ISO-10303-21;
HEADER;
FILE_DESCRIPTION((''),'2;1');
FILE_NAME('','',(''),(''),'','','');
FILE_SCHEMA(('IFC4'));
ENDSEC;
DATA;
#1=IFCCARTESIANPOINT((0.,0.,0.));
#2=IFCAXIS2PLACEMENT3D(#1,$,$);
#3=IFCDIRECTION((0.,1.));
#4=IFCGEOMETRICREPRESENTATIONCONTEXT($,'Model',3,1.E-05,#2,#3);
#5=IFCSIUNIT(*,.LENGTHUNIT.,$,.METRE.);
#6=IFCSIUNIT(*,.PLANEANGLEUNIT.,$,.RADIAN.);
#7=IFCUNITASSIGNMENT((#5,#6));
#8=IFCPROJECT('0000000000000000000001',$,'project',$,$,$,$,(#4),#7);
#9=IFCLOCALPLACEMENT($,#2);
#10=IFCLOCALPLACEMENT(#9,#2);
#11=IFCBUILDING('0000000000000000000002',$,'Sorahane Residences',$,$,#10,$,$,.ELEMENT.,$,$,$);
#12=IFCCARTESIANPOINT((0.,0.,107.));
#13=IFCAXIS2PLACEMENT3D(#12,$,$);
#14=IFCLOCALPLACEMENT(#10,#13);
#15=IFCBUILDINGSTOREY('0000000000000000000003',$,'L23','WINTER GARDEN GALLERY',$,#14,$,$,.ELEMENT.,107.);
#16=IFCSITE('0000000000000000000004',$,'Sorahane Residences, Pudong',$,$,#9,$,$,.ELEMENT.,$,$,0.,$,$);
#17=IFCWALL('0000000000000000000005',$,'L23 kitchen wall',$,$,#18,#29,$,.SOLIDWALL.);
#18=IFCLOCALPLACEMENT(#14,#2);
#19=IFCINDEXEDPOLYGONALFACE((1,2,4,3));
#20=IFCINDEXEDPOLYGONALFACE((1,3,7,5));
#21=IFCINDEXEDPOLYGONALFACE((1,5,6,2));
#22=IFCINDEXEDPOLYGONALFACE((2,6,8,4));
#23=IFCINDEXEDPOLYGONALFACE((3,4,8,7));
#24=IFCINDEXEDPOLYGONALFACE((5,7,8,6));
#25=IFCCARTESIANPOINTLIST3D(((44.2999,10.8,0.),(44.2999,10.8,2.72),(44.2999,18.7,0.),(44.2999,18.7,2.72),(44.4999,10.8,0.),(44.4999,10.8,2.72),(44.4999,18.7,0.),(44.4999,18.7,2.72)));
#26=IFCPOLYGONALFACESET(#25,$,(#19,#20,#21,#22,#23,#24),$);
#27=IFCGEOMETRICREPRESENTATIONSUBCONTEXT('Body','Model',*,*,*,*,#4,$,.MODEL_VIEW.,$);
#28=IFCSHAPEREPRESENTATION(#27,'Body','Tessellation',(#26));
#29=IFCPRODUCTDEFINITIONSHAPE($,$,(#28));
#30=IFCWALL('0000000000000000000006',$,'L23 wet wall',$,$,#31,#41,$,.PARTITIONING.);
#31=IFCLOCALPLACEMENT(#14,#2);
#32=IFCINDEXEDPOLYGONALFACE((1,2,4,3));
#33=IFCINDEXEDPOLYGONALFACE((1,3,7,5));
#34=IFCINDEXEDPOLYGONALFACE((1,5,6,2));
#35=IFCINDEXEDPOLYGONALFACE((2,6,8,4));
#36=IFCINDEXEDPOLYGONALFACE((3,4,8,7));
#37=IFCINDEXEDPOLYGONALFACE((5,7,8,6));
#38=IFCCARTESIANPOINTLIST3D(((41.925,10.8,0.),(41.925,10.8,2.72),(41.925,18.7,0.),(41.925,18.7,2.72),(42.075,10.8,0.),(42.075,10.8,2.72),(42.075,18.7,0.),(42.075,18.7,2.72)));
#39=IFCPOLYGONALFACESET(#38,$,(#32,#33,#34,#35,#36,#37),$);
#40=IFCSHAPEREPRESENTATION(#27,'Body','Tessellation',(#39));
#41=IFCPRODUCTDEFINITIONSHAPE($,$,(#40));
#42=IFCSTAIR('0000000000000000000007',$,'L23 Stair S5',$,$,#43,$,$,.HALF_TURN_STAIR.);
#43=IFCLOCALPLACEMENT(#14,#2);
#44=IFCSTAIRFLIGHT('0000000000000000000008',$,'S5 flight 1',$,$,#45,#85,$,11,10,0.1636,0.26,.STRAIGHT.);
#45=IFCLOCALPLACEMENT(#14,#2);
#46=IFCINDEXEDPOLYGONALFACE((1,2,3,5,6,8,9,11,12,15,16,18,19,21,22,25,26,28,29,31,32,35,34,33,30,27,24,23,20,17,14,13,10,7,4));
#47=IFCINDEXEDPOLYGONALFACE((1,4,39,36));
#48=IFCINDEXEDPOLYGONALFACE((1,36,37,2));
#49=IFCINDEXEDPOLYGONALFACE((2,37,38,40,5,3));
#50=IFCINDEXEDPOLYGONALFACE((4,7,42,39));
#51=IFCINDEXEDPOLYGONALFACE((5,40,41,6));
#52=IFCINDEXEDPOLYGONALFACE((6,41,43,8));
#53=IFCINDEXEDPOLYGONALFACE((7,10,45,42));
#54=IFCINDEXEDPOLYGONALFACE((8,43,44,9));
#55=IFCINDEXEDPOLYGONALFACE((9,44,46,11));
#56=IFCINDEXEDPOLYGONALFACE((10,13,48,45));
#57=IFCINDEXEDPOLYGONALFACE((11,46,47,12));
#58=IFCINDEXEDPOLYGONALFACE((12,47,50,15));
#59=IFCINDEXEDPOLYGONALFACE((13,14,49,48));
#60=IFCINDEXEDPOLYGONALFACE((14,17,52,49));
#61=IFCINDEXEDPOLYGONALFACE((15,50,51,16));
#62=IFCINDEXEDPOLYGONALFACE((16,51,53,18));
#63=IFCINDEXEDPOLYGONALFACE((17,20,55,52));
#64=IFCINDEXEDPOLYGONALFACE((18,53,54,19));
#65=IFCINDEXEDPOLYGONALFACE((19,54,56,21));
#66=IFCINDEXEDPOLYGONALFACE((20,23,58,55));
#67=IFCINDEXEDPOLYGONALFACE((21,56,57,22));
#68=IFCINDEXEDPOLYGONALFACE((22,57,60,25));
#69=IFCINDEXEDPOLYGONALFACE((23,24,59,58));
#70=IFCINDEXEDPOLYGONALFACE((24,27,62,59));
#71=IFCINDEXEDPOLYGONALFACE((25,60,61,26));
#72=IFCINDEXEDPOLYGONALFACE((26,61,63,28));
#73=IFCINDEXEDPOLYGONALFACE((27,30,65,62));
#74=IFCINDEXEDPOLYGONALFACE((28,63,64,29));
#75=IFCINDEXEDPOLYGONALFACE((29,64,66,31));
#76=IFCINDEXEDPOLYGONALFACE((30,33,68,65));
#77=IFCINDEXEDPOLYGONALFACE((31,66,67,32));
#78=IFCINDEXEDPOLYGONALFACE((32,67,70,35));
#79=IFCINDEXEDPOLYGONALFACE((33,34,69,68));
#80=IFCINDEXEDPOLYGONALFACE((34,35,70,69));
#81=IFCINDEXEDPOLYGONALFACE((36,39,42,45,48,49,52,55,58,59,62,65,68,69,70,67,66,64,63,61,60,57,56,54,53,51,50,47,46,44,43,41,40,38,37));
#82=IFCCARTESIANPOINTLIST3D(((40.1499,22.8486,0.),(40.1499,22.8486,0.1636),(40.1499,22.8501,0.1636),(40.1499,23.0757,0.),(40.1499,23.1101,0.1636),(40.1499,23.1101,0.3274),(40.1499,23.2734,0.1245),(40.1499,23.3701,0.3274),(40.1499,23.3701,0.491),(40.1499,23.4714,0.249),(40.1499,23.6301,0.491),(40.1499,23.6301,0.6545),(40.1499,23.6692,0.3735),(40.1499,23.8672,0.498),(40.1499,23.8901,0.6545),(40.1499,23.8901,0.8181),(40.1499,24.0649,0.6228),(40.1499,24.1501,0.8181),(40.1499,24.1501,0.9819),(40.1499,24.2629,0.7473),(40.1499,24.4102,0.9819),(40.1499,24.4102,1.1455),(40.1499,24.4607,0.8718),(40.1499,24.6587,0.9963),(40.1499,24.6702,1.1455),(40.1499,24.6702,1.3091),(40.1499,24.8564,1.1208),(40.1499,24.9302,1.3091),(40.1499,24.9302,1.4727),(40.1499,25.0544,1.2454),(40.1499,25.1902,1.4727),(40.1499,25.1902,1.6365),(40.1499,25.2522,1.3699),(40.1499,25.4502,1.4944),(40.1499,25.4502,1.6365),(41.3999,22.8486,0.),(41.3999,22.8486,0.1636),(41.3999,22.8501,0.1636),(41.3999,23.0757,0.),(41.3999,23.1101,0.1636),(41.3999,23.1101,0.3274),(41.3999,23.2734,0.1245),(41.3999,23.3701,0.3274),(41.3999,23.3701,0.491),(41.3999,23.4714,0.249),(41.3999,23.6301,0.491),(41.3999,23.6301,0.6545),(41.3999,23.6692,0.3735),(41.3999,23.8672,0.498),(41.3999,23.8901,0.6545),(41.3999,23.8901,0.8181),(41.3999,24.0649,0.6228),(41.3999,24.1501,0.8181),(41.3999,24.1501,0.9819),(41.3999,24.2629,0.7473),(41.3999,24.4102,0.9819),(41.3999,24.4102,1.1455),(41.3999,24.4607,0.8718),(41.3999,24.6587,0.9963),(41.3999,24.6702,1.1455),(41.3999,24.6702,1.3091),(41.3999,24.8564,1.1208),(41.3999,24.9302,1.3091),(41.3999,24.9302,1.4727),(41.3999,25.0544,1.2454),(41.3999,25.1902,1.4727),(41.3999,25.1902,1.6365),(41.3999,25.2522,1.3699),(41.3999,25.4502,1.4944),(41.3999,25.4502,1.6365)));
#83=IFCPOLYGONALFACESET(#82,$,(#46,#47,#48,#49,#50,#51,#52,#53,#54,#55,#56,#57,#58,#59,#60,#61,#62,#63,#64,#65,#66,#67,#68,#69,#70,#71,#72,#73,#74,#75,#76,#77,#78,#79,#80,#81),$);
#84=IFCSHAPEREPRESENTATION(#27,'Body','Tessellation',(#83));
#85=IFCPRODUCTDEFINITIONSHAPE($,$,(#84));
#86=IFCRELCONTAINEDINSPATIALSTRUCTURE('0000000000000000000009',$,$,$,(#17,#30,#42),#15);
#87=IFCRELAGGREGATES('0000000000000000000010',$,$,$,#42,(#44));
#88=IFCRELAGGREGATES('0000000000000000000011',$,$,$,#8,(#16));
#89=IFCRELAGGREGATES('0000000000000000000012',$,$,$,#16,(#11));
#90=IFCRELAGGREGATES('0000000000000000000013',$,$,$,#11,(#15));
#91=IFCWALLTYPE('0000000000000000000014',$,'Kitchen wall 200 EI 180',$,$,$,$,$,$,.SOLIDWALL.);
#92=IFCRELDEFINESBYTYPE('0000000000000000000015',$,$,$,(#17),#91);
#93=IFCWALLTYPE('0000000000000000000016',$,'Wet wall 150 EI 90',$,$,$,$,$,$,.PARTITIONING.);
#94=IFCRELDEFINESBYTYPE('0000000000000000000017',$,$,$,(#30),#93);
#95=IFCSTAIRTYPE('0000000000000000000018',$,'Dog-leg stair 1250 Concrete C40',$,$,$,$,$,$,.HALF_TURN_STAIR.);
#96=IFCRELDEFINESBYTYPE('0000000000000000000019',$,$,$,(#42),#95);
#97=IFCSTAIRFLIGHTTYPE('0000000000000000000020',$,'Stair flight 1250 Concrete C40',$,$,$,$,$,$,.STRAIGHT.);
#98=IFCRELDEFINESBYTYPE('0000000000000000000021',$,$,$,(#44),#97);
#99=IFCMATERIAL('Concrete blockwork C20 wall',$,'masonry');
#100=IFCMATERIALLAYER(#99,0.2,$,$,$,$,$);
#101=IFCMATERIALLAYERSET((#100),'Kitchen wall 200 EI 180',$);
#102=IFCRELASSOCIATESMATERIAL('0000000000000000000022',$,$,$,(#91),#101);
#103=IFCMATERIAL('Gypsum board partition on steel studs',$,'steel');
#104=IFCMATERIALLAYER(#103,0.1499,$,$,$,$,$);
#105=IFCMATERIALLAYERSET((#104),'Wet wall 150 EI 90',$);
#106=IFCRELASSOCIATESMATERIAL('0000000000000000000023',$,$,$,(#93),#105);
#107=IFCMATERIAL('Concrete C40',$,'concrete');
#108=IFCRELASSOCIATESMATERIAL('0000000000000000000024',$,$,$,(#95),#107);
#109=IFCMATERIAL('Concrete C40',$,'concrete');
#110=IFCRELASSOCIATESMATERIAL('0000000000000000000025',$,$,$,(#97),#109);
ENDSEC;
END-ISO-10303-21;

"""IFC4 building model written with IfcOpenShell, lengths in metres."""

from ifc_helpers import new_model, si_unit, direction, frame, frame_2d, origin, place, context, subcontext, project, spatial, polyline, rectangle, outline, extrude, material, layer, layer_set, type_object, element, aggregate, save


model = new_model("IFC4")

# Units and contexts
model_context = context("Model", 3, precision=1e-05, world=origin(), true_north=direction((0.0, 1.0)))
body_context = subcontext(model_context, "Body", "Model", "MODEL_VIEW")
ifc_project = project(units=[si_unit("LENGTHUNIT", "METRE"), si_unit("PLANEANGLEUNIT", "RADIAN")], contexts=[model_context])

# Site, building, storey
site_placement = place(None, origin())
site = spatial("IfcSite", under=ifc_project, at=site_placement, Name="Sorahane Residences, Pudong", CompositionType="ELEMENT", RefElevation=0.0)
building_placement = place(site_placement, origin())
building = spatial("IfcBuilding", under=site, at=building_placement, Name="Sorahane Residences", CompositionType="ELEMENT")
storey_placement = place(building_placement, frame((0.0, 0.0, 107.0)))
storey = spatial("IfcBuildingStorey", under=building, at=storey_placement, Name="L23", Description="WINTER GARDEN GALLERY", CompositionType="ELEMENT", Elevation=107.0)

# Walls
ifc_material_1 = material(Name="Concrete blockwork C20 wall", Category="masonry")
ifc_layer_1 = layer(ifc_material_1, 0.2)
ifc_layer_set_1 = layer_set([ifc_layer_1], Name="Kitchen wall 200 EI 180")
wall_type_1 = type_object("IfcWallType", Name="Kitchen wall 200 EI 180", PredefinedType="SOLIDWALL", material=ifc_layer_set_1)
wall_1_placement = place(storey_placement, frame((44.3999, 10.8, 0.0), z_axis=(0.0, 0.0, 1.0), x_axis=(0.0, 1.0, 0.0)))
element("IfcWall", 1, at=wall_1_placement, inside=storey, type_object=wall_type_1, Name="L23 kitchen wall", PredefinedType="SOLIDWALL", context=body_context, shape_type="SweptSolid", body=[
    extrude(rectangle(XDim=7.8999, YDim=0.2, at=frame_2d((3.95, 0.0))), origin(), (0.0, 0.0, 1.0), 2.72),
])
ifc_material_2 = material(Name="Gypsum board partition on steel studs", Category="steel")
ifc_layer_2 = layer(ifc_material_2, 0.1499)
ifc_layer_set_2 = layer_set([ifc_layer_2], Name="Wet wall 150 EI 90")
wall_type_2 = type_object("IfcWallType", Name="Wet wall 150 EI 90", PredefinedType="PARTITIONING", material=ifc_layer_set_2)
wall_2_placement = place(storey_placement, frame((42.0, 10.8, 0.0), z_axis=(0.0, 0.0, 1.0), x_axis=(0.0, 1.0, 0.0)))
element("IfcWall", 2, at=wall_2_placement, inside=storey, type_object=wall_type_2, Name="L23 wet wall", PredefinedType="PARTITIONING", context=body_context, shape_type="SweptSolid", body=[
    extrude(rectangle(XDim=7.8999, YDim=0.1499, at=frame_2d((3.95, 0.0))), origin(), (0.0, 0.0, 1.0), 2.72),
])

# Stair, stair flight
ifc_material_3 = material(Name="Concrete C40", Category="concrete")
stair_type = type_object("IfcStairType", Name="Dog-leg stair 1250 Concrete C40", PredefinedType="HALF_TURN_STAIR", material=ifc_material_3)
stair_placement = place(storey_placement, origin())
stair = element("IfcStair", 3, at=stair_placement, inside=storey, type_object=stair_type, Name="L23 Stair S5", PredefinedType="HALF_TURN_STAIR")
ifc_material_4 = material(Name="Concrete C40", Category="concrete")
stair_flight_type = type_object("IfcStairFlightType", Name="Stair flight 1250 Concrete C40", PredefinedType="STRAIGHT", material=ifc_material_4)
stair_flight_placement = place(storey_placement, frame((40.7749, 22.8501, 0.0), z_axis=(0.0, 0.0, 1.0), x_axis=(0.0, 1.0, 0.0)))
stair_flight = element("IfcStairFlight", 4, at=stair_flight_placement, type_object=stair_flight_type, Name="S5 flight 1", NumberOfRisers=11, NumberOfTreads=10, PredefinedType="STRAIGHT", RiserHeight=0.1636, TreadLength=0.26, context=body_context, shape_type="SweptSolid", body=[
    extrude(outline(polyline([(-0.0015, 0.0), (-0.0015, 0.1636), (0.0, 0.1636), (0.26, 0.1636), (0.26, 0.3274), (0.52, 0.3274), (0.52, 0.491), (0.78, 0.491), (0.78, 0.6545), (1.04, 0.6545), (1.04, 0.8181), (1.3, 0.8181), (1.3, 0.9819), (1.5601, 0.9819), (1.5601, 1.1455), (1.8201, 1.1455), (1.8201, 1.3091), (2.0801, 1.3091), (2.0801, 1.4727), (2.3401, 1.4727), (2.3401, 1.6365), (2.6001, 1.6365), (2.6001, 1.8), (2.6001, 1.4944), (2.4021, 1.3699), (2.2043, 1.2454), (2.0063, 1.1208), (1.8086, 0.9963), (1.6106, 0.8718), (1.4128, 0.7473), (1.2148, 0.6228), (1.0171, 0.498), (0.8191, 0.3735), (0.6213, 0.249), (0.4233, 0.1245), (0.2256, 0.0), (-0.0015, 0.0)])), frame((0.0, 0.625, 0.0), z_axis=(0.0, -1.0, 0.0), x_axis=(1.0, 0.0, 0.0)), (0.0, 0.0, 1.0), 1.25),
])
aggregate(stair, [stair_flight])

save(model, "model.ifc")
